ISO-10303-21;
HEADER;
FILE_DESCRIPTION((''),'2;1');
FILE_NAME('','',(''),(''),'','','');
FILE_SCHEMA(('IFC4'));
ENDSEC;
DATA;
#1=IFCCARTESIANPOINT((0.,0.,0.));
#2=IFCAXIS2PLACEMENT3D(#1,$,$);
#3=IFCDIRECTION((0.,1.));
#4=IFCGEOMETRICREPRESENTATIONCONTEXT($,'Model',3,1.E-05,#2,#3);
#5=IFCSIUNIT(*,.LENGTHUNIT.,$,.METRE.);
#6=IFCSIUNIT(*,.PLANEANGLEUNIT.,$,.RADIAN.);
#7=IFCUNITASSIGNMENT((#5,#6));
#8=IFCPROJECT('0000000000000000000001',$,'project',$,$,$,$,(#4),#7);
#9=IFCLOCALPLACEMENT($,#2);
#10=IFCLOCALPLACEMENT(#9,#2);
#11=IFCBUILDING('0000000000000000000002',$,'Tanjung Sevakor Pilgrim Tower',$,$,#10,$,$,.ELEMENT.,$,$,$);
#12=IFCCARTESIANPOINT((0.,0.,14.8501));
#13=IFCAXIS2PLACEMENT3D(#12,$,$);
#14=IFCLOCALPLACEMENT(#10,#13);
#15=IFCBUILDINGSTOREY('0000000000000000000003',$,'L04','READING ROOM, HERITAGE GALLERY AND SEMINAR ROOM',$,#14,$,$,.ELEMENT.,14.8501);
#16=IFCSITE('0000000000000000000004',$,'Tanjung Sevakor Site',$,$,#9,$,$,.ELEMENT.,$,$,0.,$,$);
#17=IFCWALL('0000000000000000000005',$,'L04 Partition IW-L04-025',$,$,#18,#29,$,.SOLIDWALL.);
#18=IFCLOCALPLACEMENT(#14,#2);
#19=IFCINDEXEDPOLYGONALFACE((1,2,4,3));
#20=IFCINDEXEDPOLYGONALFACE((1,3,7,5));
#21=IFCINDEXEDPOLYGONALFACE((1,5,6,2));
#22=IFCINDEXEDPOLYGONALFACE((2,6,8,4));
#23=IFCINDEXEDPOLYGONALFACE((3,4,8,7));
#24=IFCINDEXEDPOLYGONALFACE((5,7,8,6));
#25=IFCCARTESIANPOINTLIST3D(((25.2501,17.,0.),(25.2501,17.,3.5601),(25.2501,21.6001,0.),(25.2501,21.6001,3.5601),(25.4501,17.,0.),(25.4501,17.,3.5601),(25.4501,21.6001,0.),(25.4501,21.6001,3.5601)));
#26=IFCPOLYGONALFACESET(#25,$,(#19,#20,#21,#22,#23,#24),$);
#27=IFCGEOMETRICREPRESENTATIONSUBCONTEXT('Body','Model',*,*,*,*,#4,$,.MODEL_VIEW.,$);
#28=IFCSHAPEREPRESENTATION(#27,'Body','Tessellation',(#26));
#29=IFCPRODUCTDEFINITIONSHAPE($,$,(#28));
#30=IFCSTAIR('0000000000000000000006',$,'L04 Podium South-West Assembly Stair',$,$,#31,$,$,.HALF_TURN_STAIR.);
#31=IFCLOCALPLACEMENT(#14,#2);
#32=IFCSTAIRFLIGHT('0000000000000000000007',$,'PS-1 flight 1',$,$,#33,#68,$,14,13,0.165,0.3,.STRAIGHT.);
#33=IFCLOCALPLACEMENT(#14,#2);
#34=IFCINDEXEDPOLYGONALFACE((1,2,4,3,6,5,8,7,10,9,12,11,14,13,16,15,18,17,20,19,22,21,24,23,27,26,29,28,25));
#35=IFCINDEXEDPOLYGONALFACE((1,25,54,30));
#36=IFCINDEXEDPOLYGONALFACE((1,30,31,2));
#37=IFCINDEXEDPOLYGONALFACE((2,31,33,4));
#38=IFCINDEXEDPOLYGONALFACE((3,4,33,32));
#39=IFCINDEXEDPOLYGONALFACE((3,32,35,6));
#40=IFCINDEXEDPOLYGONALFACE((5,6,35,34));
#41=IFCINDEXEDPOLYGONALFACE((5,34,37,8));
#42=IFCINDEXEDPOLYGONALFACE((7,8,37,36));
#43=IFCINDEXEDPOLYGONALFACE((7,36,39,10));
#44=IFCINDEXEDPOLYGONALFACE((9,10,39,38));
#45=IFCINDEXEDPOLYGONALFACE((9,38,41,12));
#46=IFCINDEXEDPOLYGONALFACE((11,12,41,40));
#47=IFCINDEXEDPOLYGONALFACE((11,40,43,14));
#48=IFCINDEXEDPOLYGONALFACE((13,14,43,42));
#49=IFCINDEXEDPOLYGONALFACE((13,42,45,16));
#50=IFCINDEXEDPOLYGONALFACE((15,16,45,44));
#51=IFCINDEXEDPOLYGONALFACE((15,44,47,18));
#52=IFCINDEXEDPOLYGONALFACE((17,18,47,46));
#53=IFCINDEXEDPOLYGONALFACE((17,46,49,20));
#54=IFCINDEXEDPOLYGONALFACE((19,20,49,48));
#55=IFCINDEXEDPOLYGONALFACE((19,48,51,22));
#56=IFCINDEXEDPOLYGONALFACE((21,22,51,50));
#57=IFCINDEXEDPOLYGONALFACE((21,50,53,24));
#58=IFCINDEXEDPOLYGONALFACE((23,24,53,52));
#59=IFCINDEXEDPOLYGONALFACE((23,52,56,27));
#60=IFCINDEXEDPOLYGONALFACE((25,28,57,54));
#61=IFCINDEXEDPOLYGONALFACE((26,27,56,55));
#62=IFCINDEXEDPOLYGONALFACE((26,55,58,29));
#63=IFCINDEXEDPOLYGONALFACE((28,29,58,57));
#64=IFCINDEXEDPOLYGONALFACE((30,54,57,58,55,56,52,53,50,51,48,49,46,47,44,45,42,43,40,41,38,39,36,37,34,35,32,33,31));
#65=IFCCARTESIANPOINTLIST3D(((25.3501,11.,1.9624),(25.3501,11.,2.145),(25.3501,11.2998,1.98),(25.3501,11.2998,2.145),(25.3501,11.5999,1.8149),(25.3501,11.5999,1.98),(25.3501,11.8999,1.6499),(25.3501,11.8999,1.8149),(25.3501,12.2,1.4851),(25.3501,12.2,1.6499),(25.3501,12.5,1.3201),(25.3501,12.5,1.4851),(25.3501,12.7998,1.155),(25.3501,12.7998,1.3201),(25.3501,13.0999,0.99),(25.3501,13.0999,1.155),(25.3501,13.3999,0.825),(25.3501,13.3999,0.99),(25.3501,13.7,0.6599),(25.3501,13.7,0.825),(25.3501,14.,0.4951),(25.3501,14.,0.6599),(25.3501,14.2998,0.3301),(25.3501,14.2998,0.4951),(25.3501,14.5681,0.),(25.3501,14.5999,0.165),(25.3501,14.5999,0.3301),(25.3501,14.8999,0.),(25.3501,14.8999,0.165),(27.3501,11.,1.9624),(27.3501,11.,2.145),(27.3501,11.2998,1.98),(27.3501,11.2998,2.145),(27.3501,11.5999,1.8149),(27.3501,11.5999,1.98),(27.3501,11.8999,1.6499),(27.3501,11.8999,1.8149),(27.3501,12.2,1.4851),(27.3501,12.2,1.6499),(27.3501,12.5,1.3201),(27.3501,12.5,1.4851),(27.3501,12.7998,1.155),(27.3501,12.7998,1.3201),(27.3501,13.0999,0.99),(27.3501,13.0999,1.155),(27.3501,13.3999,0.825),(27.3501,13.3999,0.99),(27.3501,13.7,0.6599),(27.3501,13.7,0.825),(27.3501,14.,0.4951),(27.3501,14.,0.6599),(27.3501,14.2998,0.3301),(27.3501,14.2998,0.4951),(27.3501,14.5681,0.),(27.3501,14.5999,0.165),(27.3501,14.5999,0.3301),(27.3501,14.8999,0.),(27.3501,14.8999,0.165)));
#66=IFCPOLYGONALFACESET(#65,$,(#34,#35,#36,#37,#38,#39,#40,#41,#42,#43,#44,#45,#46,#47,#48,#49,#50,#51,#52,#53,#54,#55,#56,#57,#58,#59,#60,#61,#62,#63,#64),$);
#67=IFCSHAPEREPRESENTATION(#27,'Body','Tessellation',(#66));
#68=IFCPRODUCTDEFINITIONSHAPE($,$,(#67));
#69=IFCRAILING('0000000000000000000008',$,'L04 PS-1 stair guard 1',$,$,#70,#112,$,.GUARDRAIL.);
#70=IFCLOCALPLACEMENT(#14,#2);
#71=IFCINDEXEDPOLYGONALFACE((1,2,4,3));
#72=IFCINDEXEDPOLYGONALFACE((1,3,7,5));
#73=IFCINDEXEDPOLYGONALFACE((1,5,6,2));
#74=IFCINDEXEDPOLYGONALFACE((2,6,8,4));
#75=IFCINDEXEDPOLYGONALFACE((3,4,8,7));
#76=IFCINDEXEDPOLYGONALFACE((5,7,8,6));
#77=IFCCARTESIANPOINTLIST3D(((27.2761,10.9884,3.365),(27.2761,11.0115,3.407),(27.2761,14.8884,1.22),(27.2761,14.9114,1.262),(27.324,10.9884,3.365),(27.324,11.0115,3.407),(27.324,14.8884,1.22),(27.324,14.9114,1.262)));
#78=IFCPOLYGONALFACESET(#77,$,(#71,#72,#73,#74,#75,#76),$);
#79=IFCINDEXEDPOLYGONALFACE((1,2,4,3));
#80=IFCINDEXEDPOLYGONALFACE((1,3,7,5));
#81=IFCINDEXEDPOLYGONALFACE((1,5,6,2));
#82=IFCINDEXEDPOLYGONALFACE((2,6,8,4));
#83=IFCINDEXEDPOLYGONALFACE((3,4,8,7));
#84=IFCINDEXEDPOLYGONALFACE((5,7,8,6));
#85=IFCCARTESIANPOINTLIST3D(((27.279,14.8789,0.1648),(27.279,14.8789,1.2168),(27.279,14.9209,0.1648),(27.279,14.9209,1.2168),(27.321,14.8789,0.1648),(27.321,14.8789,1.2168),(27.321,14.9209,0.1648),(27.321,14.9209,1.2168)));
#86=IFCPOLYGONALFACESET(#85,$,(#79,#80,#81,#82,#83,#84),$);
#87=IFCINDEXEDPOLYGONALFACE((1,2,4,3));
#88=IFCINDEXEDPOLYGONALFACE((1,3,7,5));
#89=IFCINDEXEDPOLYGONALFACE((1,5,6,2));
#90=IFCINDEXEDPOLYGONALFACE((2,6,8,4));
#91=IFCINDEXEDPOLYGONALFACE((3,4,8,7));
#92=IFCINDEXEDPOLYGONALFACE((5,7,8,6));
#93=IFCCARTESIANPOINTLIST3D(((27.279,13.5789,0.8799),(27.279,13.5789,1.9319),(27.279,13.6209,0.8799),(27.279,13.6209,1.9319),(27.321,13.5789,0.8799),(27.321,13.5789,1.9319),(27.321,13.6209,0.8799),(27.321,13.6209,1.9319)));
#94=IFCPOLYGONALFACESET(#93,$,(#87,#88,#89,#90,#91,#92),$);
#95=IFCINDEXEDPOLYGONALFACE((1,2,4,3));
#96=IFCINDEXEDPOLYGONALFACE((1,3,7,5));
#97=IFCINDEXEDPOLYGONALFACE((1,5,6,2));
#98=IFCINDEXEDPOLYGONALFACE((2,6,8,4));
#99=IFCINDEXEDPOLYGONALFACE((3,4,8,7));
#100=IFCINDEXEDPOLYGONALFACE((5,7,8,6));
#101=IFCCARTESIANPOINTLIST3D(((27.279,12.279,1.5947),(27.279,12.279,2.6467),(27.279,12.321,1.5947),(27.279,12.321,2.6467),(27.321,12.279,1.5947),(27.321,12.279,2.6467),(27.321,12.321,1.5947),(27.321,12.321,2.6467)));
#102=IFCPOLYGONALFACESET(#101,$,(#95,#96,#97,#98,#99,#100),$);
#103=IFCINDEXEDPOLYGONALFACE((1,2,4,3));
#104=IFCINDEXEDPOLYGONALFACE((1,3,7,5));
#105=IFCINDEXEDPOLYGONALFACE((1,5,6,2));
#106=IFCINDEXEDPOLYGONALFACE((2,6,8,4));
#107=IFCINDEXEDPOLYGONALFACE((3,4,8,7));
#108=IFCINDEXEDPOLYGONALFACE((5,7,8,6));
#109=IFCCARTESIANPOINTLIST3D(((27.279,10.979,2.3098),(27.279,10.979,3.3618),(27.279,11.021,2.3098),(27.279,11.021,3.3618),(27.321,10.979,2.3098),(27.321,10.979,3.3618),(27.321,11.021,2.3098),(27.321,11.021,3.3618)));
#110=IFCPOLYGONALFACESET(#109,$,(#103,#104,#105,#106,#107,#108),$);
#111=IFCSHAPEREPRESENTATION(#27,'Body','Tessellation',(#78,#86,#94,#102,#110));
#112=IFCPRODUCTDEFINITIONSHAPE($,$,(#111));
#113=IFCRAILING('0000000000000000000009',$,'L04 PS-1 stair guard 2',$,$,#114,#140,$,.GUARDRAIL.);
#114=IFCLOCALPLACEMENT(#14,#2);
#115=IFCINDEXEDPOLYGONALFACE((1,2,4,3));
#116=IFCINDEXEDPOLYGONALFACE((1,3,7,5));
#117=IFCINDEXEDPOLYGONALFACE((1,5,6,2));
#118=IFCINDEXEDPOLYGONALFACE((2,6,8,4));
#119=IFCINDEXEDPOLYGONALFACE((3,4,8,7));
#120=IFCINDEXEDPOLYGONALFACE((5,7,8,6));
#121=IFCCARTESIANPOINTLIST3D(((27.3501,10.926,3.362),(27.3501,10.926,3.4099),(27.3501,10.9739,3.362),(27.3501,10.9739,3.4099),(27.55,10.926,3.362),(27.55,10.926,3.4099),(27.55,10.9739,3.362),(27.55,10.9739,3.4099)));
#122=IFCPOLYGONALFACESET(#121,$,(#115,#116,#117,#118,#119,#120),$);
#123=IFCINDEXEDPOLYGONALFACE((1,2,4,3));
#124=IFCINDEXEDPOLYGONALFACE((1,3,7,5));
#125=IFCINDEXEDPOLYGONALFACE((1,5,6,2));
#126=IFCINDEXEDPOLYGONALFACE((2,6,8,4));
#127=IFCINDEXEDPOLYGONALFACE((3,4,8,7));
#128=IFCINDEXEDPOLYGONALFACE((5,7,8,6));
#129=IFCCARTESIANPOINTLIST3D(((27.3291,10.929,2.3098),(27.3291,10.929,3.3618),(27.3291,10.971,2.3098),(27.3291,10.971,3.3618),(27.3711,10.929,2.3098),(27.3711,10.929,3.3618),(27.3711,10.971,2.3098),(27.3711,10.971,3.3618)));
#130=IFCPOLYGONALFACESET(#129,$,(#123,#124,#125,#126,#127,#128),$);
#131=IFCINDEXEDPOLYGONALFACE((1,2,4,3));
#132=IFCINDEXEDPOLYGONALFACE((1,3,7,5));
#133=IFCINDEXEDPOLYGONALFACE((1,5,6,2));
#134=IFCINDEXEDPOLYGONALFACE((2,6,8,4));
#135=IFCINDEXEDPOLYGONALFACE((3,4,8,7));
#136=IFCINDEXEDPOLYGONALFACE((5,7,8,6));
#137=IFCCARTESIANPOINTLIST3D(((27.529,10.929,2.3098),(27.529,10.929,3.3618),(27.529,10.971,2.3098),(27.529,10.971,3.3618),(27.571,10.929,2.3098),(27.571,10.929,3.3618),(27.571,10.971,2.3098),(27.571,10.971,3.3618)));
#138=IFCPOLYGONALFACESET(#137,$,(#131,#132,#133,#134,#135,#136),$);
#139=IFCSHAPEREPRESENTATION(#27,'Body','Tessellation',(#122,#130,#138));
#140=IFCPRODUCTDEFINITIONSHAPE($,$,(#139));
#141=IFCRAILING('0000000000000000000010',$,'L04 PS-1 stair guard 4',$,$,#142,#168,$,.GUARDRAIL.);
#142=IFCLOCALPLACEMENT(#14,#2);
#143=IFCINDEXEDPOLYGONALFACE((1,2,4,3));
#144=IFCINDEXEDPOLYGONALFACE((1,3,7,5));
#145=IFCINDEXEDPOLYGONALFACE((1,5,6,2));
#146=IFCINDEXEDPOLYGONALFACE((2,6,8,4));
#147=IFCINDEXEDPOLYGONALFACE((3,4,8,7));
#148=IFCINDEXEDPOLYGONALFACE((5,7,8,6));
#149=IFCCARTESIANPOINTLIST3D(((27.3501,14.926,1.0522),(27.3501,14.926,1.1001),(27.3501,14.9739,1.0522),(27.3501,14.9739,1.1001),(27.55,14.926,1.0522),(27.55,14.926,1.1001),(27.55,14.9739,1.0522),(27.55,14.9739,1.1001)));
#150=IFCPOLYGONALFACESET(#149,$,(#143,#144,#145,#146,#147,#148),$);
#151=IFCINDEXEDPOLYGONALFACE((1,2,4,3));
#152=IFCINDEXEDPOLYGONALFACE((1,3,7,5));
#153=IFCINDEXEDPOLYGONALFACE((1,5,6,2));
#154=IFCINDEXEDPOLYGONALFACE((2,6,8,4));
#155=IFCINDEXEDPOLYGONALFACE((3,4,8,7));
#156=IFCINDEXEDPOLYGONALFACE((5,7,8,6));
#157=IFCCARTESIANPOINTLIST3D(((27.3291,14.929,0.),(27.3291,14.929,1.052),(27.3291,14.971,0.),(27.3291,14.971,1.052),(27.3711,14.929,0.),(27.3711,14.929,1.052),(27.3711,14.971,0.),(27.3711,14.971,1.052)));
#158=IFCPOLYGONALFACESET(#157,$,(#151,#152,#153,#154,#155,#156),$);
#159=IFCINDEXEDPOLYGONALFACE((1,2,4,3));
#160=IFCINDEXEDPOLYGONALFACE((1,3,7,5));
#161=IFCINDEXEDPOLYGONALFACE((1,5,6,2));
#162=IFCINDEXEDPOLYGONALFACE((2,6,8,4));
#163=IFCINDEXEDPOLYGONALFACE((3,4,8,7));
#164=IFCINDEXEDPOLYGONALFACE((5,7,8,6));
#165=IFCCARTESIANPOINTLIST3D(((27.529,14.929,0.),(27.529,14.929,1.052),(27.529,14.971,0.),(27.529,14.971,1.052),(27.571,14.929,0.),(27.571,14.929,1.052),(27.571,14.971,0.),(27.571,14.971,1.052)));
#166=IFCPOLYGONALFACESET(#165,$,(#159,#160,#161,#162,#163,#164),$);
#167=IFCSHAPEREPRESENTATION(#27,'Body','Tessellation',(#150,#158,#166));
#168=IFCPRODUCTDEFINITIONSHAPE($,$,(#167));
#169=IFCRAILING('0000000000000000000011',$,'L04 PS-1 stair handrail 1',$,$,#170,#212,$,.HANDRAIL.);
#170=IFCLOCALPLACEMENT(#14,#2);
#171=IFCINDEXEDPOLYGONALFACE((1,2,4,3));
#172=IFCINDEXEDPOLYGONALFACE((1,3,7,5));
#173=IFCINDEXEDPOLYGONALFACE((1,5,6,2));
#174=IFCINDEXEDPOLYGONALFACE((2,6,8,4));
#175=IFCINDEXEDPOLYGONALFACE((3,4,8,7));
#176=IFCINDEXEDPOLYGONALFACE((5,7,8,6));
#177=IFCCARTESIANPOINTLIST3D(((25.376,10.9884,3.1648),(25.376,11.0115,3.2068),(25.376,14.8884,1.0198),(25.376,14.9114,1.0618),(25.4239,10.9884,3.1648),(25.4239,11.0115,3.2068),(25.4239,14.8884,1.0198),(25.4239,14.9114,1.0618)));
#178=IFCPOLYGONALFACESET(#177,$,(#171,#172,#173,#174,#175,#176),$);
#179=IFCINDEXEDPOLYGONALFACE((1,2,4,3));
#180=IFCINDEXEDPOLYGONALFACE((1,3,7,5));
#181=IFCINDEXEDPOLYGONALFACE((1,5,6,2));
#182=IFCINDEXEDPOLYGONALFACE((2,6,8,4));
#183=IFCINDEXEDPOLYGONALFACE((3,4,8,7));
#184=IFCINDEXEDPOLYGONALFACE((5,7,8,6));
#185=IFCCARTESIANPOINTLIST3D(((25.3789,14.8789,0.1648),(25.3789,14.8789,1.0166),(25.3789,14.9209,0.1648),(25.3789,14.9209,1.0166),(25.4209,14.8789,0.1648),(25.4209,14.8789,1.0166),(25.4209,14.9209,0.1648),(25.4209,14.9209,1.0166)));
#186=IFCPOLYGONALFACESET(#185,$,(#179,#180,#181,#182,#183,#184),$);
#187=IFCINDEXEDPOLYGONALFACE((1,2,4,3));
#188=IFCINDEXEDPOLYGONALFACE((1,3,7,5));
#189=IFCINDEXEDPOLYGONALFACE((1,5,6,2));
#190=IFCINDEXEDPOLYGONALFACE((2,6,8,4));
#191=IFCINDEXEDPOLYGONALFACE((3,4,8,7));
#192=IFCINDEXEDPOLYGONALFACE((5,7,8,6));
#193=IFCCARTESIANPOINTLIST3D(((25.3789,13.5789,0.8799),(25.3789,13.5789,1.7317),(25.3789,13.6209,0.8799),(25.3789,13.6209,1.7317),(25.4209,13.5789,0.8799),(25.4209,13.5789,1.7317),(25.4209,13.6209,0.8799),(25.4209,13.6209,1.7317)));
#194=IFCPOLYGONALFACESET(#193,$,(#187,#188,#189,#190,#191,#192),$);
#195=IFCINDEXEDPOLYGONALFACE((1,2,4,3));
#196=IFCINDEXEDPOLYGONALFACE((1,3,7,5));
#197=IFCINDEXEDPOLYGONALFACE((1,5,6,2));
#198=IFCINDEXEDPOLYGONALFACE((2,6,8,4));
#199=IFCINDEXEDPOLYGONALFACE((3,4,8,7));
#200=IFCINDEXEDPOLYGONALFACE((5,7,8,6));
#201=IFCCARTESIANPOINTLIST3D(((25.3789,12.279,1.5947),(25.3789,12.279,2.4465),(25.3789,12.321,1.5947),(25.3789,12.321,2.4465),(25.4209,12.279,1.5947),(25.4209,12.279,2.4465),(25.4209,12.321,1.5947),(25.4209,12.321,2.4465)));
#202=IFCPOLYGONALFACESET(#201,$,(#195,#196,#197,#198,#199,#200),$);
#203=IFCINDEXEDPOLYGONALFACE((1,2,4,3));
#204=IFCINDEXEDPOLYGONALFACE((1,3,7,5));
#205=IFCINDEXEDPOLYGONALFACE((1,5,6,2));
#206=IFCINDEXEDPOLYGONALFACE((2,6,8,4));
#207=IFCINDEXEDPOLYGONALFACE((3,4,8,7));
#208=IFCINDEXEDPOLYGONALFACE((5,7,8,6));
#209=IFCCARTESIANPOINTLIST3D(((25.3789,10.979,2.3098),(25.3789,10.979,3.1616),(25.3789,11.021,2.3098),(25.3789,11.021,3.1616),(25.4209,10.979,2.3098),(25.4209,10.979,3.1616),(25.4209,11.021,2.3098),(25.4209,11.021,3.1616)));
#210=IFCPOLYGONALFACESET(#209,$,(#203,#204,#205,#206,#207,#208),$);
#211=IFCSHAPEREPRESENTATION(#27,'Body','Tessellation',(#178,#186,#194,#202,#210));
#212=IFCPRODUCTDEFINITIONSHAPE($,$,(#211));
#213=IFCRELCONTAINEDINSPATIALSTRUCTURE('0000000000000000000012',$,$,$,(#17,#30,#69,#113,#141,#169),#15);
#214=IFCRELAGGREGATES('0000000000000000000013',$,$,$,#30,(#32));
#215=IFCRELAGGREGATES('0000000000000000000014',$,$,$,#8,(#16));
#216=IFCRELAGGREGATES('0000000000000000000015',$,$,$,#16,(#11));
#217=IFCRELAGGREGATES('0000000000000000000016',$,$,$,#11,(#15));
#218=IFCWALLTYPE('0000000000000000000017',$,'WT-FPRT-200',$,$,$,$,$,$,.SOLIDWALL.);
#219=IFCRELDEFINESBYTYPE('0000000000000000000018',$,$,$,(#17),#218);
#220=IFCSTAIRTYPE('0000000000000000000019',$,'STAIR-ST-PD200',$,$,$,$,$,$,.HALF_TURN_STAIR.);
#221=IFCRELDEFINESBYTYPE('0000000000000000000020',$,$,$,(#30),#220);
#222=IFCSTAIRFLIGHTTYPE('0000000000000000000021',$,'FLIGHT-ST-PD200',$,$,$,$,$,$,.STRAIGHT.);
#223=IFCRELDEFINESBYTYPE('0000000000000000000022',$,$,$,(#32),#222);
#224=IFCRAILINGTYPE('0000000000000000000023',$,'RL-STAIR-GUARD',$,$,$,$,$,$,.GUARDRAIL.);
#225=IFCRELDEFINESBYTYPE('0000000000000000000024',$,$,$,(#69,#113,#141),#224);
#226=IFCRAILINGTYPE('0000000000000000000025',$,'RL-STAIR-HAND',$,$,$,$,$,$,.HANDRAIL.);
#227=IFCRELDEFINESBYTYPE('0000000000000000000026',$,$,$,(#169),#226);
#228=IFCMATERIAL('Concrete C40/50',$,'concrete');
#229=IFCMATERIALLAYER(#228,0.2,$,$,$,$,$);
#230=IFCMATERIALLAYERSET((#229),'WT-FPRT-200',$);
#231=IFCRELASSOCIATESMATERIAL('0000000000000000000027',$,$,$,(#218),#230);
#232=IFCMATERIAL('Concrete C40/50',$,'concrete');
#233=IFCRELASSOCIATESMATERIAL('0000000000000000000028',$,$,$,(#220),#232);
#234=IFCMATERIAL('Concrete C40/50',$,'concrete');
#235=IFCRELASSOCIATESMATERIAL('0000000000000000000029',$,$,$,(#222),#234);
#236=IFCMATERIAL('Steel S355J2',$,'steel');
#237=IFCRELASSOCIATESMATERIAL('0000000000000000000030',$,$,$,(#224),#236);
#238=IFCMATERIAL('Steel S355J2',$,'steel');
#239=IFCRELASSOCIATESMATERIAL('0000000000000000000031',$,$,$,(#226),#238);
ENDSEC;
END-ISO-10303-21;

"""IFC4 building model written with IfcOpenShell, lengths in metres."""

from ifc_helpers import new_model, si_unit, direction, frame, frame_2d, origin, place, context, subcontext, project, spatial, polyline, rectangle, outline, extrude, material, layer, layer_set, type_object, element, aggregate, save


model = new_model("IFC4")

# Units and contexts
model_context = context("Model", 3, precision=1e-05, world=origin(), true_north=direction((0.0, 1.0)))
body_context = subcontext(model_context, "Body", "Model", "MODEL_VIEW")
ifc_project = project(units=[si_unit("LENGTHUNIT", "METRE"), si_unit("PLANEANGLEUNIT", "RADIAN")], contexts=[model_context])

# Site, building, storey
site_placement = place(None, origin())
site = spatial("IfcSite", under=ifc_project, at=site_placement, Name="Tanjung Sevakor Site", CompositionType="ELEMENT", RefElevation=0.0)
building_placement = place(site_placement, origin())
building = spatial("IfcBuilding", under=site, at=building_placement, Name="Tanjung Sevakor Pilgrim Tower", CompositionType="ELEMENT")
storey_placement = place(building_placement, frame((0.0, 0.0, 14.8501)))
storey = spatial("IfcBuildingStorey", under=building, at=storey_placement, Name="L04", Description="READING ROOM, HERITAGE GALLERY AND SEMINAR ROOM", CompositionType="ELEMENT", Elevation=14.8501)

# Wall
ifc_material_1 = material(Name="Concrete C40/50", Category="concrete")
ifc_layer_1 = layer(ifc_material_1, 0.2)
ifc_layer_set_1 = layer_set([ifc_layer_1], Name="WT-FPRT-200")
wall_type_1 = type_object("IfcWallType", Name="WT-FPRT-200", PredefinedType="SOLIDWALL", material=ifc_layer_set_1)
wall_1_placement = place(storey_placement, frame((25.3501, 17.0, 0.0), z_axis=(0.0, 0.0, 1.0), x_axis=(0.0, 1.0, 0.0)))
element("IfcWall", 1, at=wall_1_placement, inside=storey, type_object=wall_type_1, Name="L04 Partition IW-L04-025", PredefinedType="SOLIDWALL", context=body_context, shape_type="SweptSolid", body=[
    extrude(rectangle(XDim=4.6001, YDim=0.2, at=frame_2d((2.3, 0.0))), origin(), (0.0, 0.0, 1.0), 3.5601),
])

# Stair, stair flight
ifc_material_2 = material(Name="Concrete C40/50", Category="concrete")
stair_type = type_object("IfcStairType", Name="STAIR-ST-PD200", PredefinedType="HALF_TURN_STAIR", material=ifc_material_2)
stair_placement = place(storey_placement, origin())
stair = element("IfcStair", 2, at=stair_placement, inside=storey, type_object=stair_type, Name="L04 Podium South-West Assembly Stair", PredefinedType="HALF_TURN_STAIR")
ifc_material_3 = material(Name="Concrete C40/50", Category="concrete")
stair_flight_type = type_object("IfcStairFlightType", Name="FLIGHT-ST-PD200", PredefinedType="STRAIGHT", material=ifc_material_3)
stair_flight_placement = place(storey_placement, frame((26.3501, 14.8999, 0.0), z_axis=(0.0, 0.0, 1.0), x_axis=(0.0, -1.0, 0.0)))
stair_flight = element("IfcStairFlight", 3, at=stair_flight_placement, type_object=stair_flight_type, Name="PS-1 flight 1", NumberOfRisers=14, NumberOfTreads=13, PredefinedType="STRAIGHT", RiserHeight=0.165, TreadLength=0.3, context=body_context, shape_type="SweptSolid", body=[
    extrude(outline(polyline([(0.0, 0.0), (0.0, 0.165), (0.3, 0.165), (0.3, 0.3301), (0.6001, 0.3301), (0.6001, 0.4951), (0.8999, 0.4951), (0.8999, 0.6599), (1.2, 0.6599), (1.2, 0.825), (1.5, 0.825), (1.5, 0.99), (1.8, 0.99), (1.8, 1.155), (2.1001, 1.155), (2.1001, 1.3201), (2.3999, 1.3201), (2.3999, 1.4851), (2.7, 1.4851), (2.7, 1.6499), (3.0, 1.6499), (3.0, 1.8149), (3.3, 1.8149), (3.3, 1.98), (3.6001, 1.98), (3.6001, 2.145), (3.8999, 2.145), (3.8999, 2.3101), (3.8999, 1.9624), (0.3318, 0.0), (0.0, 0.0)])), frame((0.0, 1.0, 0.0), z_axis=(0.0, -1.0, 0.0), x_axis=(1.0, 0.0, 0.0)), (0.0, 0.0, 1.0), 2.0),
])
aggregate(stair, [stair_flight])

# Railings
ifc_material_4 = material(Name="Steel S355J2", Category="steel")
railing_type_1 = type_object("IfcRailingType", Name="RL-STAIR-GUARD", PredefinedType="GUARDRAIL", material=ifc_material_4)
railing_1_placement = place(storey_placement, frame((27.3, 14.8999, 0.1648)))
element("IfcRailing", 4, at=railing_1_placement, inside=storey, type_object=railing_type_1, Name="L04 PS-1 stair guard 1", PredefinedType="GUARDRAIL", context=body_context, shape_type="SweptSolid", body=[
    extrude(rectangle(XDim=0.0479, YDim=0.0479), frame((0.0, 0.0, 1.0762), z_axis=(0.0, -0.876209, 0.481931), x_axis=(1.0, 0.0, 0.0)), (0.0, 0.0, 1.0), 4.4509),
    extrude(rectangle(XDim=0.042, YDim=0.042), origin(), (0.0, 0.0, 1.0), 1.052),
    extrude(rectangle(XDim=0.042, YDim=0.042), frame((0.0, -1.3, 0.7151)), (0.0, 0.0, 1.0), 1.052),
    extrude(rectangle(XDim=0.042, YDim=0.042), frame((0.0, -2.5999, 1.4299)), (0.0, 0.0, 1.0), 1.052),
    extrude(rectangle(XDim=0.042, YDim=0.042), frame((0.0, -3.8999, 2.145)), (0.0, 0.0, 1.0), 1.052),
])
for number, where, name in (
    (5, (27.3501, 10.95, 2.3098), "L04 PS-1 stair guard 2"),
    (6, (27.3501, 14.95, 0.0), "L04 PS-1 stair guard 4"),
):
    element("IfcRailing", number, at=place(storey_placement, frame(where)), inside=storey, type_object=railing_type_1, Name=name, PredefinedType="GUARDRAIL", context=body_context, shape_type="SweptSolid", body=[
        extrude(rectangle(XDim=0.0479, YDim=0.0479), frame((0.0, 0.0, 1.0762), z_axis=(1.0, 0.0, 0.0), x_axis=(0.0, 1.0, 0.0)), (0.0, 0.0, 1.0), 0.2),
        extrude(rectangle(XDim=0.042, YDim=0.042), origin(), (0.0, 0.0, 1.0), 1.052),
        extrude(rectangle(XDim=0.042, YDim=0.042), frame((0.2, 0.0, 0.0)), (0.0, 0.0, 1.0), 1.052),
    ])
ifc_material_5 = material(Name="Steel S355J2", Category="steel")
railing_type_2 = type_object("IfcRailingType", Name="RL-STAIR-HAND", PredefinedType="HANDRAIL", material=ifc_material_5)
railing_2_placement = place(storey_placement, frame((25.3999, 14.8999, 0.1648)))
element("IfcRailing", 7, at=railing_2_placement, inside=storey, type_object=railing_type_2, Name="L04 PS-1 stair handrail 1", PredefinedType="HANDRAIL", context=body_context, shape_type="SweptSolid", body=[
    extrude(rectangle(XDim=0.0479, YDim=0.0479), frame((0.0, 0.0, 0.876), z_axis=(0.0, -0.876209, 0.481931), x_axis=(1.0, 0.0, 0.0)), (0.0, 0.0, 1.0), 4.4509),
    extrude(rectangle(XDim=0.042, YDim=0.042), origin(), (0.0, 0.0, 1.0), 0.8518),
    extrude(rectangle(XDim=0.042, YDim=0.042), frame((0.0, -1.3, 0.7151)), (0.0, 0.0, 1.0), 0.8518),
    extrude(rectangle(XDim=0.042, YDim=0.042), frame((0.0, -2.5999, 1.4299)), (0.0, 0.0, 1.0), 0.8518),
    extrude(rectangle(XDim=0.042, YDim=0.042), frame((0.0, -3.8999, 2.145)), (0.0, 0.0, 1.0), 0.8518),
])

save(model, "model.ifc")
